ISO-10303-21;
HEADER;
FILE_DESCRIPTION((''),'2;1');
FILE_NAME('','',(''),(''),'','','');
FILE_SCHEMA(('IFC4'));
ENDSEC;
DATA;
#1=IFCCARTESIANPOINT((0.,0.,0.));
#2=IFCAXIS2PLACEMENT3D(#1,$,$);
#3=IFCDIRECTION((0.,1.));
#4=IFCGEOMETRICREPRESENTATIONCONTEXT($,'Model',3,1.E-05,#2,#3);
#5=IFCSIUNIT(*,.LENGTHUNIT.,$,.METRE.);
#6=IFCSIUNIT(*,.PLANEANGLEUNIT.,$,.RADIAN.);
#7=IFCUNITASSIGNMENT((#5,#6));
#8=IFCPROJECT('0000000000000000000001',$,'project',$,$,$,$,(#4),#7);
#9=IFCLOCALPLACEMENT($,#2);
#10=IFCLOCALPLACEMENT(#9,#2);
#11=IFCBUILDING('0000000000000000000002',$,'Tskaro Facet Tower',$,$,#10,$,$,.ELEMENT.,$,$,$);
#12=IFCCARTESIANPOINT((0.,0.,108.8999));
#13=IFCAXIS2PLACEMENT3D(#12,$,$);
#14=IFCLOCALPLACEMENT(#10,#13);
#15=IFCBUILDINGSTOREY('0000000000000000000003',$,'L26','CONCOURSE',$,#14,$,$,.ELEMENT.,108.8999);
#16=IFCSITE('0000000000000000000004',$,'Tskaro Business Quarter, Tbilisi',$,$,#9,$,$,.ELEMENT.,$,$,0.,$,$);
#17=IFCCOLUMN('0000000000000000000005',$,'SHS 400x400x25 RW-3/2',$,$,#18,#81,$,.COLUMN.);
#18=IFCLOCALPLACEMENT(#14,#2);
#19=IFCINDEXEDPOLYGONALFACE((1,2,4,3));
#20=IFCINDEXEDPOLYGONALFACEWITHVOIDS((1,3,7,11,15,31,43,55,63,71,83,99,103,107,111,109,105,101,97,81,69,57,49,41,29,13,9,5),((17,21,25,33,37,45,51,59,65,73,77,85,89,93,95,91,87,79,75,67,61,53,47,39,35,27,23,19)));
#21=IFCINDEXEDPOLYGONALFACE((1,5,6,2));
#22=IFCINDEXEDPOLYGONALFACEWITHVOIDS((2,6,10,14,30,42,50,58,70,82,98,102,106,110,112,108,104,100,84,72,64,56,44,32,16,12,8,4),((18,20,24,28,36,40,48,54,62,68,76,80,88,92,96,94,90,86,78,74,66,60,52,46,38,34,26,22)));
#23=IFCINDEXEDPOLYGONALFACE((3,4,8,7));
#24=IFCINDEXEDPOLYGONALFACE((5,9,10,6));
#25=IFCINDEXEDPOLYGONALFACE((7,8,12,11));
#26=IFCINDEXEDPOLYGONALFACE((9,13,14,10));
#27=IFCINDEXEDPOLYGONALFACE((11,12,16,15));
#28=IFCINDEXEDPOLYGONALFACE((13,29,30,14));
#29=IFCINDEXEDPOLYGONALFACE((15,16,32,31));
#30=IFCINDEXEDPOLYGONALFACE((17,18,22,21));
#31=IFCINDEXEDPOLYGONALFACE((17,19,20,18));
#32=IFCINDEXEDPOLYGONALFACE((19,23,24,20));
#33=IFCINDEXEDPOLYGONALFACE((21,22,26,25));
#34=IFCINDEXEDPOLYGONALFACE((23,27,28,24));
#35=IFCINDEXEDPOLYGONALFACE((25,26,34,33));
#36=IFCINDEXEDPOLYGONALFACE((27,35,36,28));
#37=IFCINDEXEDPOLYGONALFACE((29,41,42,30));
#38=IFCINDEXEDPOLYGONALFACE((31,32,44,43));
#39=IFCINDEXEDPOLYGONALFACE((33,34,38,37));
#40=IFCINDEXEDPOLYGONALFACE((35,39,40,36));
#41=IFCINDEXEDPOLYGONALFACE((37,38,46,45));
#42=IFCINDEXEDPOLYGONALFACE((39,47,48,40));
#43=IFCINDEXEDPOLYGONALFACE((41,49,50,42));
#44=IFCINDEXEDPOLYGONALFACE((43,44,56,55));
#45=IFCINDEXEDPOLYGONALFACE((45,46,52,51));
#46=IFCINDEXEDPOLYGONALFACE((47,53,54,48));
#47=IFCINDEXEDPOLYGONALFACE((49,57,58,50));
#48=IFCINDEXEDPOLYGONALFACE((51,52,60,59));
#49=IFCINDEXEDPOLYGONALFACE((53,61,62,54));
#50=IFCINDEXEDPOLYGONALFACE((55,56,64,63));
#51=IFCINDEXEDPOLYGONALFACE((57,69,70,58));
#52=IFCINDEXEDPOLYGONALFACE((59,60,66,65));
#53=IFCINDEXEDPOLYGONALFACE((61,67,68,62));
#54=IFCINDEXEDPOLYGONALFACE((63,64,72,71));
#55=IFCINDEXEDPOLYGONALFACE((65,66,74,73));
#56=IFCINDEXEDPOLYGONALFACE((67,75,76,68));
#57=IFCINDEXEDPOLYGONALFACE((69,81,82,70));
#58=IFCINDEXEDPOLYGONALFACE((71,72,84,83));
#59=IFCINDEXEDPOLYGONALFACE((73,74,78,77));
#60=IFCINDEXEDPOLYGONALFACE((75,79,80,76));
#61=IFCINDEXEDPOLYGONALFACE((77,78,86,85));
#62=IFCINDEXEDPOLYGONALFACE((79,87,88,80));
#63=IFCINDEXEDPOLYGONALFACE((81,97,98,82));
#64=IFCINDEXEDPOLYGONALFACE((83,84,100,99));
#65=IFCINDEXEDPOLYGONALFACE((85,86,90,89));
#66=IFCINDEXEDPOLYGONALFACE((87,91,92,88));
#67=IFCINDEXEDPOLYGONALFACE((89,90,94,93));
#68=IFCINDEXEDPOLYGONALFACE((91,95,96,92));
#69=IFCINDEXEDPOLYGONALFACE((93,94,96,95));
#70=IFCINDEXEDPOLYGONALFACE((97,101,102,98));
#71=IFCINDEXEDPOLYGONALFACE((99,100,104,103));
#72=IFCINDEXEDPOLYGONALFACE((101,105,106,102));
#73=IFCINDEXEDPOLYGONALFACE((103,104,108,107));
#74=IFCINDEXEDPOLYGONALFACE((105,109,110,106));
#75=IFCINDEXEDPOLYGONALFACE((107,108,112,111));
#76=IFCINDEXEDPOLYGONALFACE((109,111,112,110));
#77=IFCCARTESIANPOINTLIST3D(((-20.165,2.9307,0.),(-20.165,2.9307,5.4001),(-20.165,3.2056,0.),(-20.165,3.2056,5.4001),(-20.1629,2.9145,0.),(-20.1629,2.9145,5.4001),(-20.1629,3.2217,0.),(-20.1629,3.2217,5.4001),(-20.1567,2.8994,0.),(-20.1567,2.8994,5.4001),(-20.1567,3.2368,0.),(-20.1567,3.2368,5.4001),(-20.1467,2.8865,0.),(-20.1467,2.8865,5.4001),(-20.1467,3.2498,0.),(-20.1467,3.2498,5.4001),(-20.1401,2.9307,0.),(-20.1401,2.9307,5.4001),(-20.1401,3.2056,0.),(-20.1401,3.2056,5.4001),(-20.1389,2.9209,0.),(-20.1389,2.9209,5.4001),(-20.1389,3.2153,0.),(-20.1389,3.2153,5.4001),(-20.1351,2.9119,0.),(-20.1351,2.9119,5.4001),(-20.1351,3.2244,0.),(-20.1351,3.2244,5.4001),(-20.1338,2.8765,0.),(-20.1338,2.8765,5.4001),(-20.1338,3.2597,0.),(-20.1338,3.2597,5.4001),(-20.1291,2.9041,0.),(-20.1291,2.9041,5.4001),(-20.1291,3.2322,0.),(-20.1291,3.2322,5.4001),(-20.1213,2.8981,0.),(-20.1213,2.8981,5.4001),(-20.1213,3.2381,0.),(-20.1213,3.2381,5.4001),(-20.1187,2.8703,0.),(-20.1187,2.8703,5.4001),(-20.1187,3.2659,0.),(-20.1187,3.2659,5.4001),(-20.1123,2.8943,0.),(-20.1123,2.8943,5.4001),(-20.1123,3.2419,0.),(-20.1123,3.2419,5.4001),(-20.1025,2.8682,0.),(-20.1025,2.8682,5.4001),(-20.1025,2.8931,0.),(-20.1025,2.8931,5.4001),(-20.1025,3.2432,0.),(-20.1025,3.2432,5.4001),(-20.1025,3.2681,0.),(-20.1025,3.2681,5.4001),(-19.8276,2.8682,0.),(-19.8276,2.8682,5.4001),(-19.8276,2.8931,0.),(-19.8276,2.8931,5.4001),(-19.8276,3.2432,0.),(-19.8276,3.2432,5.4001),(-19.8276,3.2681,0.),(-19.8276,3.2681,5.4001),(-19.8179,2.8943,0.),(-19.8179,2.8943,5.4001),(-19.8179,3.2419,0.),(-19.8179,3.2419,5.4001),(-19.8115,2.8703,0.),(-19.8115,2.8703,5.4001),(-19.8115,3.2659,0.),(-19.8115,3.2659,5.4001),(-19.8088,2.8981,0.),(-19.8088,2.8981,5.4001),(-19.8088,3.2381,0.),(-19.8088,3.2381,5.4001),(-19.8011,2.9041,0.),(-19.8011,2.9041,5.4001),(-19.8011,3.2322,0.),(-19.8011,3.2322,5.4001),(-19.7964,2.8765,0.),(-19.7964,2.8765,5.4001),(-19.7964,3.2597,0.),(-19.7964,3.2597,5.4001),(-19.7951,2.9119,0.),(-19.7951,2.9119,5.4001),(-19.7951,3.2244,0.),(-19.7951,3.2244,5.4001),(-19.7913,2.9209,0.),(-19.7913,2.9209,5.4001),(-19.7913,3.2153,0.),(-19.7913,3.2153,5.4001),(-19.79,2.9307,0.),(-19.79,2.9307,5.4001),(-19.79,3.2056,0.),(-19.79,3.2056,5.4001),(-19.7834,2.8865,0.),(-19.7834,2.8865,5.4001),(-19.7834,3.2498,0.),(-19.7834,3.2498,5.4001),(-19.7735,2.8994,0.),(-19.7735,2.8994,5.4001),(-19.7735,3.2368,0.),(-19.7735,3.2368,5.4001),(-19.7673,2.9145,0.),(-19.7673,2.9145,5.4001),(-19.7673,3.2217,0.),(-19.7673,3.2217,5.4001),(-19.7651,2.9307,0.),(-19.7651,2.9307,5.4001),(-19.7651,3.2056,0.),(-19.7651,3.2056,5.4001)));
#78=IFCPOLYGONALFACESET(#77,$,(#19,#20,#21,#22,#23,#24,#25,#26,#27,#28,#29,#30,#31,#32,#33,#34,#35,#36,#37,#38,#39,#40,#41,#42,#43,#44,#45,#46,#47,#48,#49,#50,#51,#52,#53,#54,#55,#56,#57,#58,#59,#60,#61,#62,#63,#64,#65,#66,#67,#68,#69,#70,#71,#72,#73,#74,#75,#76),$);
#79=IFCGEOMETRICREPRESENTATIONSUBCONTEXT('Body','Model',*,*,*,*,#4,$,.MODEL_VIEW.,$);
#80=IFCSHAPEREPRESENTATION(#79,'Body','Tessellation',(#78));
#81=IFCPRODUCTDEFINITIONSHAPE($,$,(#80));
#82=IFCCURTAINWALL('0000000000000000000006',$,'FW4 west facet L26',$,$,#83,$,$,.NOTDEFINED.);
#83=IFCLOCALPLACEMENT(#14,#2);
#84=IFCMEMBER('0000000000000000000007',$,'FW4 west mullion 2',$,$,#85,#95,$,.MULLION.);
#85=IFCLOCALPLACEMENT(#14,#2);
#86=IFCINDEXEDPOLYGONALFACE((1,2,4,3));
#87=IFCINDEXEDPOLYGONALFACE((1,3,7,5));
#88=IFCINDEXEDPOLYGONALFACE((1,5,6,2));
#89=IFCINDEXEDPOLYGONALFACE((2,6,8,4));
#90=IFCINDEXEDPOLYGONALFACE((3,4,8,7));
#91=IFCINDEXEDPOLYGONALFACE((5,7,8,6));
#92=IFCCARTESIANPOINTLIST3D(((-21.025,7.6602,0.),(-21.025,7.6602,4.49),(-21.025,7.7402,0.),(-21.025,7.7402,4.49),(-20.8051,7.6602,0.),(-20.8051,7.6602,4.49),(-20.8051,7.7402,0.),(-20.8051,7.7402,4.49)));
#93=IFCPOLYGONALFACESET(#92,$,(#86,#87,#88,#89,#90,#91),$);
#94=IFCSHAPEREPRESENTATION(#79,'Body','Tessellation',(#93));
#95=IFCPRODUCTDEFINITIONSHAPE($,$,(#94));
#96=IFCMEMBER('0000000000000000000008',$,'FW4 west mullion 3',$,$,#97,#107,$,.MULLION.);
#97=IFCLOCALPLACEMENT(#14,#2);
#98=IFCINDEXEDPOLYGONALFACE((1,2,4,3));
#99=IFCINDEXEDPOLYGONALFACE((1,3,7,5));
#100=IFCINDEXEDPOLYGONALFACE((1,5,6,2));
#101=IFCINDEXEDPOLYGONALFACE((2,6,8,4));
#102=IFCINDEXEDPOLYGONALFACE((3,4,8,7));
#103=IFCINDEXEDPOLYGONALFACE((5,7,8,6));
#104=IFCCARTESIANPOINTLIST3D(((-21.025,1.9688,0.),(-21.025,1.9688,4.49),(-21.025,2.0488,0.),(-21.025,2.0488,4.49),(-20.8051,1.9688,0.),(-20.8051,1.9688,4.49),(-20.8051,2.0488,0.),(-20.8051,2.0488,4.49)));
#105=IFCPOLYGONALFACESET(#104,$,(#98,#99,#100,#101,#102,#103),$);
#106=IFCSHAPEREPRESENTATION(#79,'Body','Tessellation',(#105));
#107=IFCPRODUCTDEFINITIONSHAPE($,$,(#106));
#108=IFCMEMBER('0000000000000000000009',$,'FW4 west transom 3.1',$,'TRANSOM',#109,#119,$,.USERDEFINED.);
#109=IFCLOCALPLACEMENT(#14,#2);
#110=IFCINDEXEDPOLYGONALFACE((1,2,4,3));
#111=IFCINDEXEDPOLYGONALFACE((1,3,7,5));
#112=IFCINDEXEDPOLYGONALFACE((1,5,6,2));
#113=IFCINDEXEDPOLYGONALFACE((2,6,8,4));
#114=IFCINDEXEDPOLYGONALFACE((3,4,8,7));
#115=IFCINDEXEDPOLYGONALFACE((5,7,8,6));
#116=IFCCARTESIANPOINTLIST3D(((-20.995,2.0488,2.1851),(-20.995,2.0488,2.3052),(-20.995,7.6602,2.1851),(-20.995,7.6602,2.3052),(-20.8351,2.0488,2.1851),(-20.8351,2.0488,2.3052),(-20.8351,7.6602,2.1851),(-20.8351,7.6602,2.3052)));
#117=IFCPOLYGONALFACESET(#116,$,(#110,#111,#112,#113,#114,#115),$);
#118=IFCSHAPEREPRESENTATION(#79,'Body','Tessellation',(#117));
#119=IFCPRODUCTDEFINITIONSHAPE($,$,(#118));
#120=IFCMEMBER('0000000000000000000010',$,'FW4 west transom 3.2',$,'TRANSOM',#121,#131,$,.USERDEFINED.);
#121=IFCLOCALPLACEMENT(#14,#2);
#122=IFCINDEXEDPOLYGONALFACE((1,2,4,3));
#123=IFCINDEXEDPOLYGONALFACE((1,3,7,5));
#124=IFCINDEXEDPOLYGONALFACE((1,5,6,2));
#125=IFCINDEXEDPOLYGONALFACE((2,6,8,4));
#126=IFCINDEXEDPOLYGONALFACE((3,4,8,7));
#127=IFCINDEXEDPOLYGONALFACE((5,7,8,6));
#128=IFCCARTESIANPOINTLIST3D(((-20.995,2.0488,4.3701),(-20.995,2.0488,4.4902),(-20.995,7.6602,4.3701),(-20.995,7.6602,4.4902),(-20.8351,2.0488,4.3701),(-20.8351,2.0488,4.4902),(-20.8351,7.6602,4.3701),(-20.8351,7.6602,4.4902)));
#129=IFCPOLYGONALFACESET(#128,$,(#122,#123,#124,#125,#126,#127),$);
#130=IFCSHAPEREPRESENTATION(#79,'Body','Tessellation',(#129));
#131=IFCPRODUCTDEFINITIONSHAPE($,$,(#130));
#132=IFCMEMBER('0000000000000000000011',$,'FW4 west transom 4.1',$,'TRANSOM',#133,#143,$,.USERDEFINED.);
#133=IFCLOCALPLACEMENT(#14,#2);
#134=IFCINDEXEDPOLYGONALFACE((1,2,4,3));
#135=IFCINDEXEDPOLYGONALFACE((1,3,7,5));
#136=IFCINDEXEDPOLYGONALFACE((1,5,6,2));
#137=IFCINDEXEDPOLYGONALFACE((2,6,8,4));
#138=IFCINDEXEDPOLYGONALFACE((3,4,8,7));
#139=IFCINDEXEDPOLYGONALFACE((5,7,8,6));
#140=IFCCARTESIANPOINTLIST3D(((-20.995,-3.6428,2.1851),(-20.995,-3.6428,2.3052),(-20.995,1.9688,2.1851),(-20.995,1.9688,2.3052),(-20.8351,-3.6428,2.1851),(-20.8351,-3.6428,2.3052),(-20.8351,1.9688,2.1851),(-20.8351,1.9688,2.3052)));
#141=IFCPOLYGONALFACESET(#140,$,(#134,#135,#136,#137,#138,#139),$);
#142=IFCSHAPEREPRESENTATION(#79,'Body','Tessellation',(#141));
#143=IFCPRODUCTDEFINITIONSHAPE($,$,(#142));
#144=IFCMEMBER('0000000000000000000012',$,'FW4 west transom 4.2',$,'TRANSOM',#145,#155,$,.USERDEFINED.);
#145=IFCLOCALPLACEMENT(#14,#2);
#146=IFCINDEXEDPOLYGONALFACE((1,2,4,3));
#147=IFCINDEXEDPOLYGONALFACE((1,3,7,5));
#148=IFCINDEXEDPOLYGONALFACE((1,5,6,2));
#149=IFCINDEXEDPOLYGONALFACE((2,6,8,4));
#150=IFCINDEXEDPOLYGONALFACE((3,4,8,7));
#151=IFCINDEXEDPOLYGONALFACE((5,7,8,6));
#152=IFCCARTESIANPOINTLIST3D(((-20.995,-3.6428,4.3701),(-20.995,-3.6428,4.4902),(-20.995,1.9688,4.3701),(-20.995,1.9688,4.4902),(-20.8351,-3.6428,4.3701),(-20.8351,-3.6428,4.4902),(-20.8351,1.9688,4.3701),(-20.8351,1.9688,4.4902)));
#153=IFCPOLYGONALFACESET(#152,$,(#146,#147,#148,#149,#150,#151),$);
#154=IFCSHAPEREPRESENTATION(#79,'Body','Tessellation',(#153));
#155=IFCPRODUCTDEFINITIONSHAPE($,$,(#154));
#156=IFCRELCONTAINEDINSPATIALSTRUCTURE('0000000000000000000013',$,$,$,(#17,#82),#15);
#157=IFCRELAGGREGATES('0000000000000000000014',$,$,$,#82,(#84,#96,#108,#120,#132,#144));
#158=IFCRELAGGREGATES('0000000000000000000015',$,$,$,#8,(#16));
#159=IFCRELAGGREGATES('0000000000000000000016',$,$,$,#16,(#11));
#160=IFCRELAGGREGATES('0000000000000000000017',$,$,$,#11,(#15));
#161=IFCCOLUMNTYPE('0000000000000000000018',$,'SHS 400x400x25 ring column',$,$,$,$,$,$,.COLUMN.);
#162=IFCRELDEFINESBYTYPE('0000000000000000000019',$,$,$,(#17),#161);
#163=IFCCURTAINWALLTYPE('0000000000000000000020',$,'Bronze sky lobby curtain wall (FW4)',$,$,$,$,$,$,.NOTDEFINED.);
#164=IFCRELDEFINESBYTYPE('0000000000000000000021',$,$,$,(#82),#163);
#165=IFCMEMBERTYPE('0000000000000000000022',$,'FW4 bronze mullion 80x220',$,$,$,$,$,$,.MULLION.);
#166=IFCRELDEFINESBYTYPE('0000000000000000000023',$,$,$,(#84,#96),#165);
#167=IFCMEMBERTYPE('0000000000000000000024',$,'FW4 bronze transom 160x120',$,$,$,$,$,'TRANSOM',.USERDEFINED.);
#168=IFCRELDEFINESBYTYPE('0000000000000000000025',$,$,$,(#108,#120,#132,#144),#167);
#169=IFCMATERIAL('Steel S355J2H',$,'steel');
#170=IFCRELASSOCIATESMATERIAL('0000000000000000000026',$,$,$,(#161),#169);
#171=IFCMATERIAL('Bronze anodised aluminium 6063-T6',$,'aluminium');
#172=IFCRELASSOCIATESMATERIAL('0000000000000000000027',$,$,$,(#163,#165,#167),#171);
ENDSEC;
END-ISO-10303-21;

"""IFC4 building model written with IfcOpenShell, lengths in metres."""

from ifc_helpers import new_model, si_unit, direction, frame, origin, origin_2d, place, context, subcontext, project, spatial, rectangle, hollow_rectangle, extrude, material, material_profile, profile_set, type_object, element, aggregate, save


model = new_model("IFC4")

# Units and contexts
model_context = context("Model", 3, precision=1e-05, world=origin(), true_north=direction((0.0, 1.0)))
body_context = subcontext(model_context, "Body", "Model", "MODEL_VIEW")
ifc_project = project(units=[si_unit("LENGTHUNIT", "METRE"), si_unit("PLANEANGLEUNIT", "RADIAN")], contexts=[model_context])

# Site, building, storey
site_placement = place(None, origin())
site = spatial("IfcSite", under=ifc_project, at=site_placement, Name="Tskaro Business Quarter, Tbilisi", CompositionType="ELEMENT", RefElevation=0.0)
building_placement = place(site_placement, origin())
building = spatial("IfcBuilding", under=site, at=building_placement, Name="Tskaro Facet Tower", CompositionType="ELEMENT")
storey_placement = place(building_placement, frame((0.0, 0.0, 108.8999)))
storey = spatial("IfcBuildingStorey", under=building, at=storey_placement, Name="L26", Description="CONCOURSE", CompositionType="ELEMENT", Elevation=108.8999)

# Column
ifc_material_1 = material(Name="Steel S355J2H", Category="steel")
ifc_material_profile_1 = material_profile(ifc_material_1, hollow_rectangle(XDim=0.3999, YDim=0.3999, WallThickness=0.0249, InnerFilletRadius=0.0376, OuterFilletRadius=0.0625, at=origin_2d()), Name="SHS 400x400x25")
ifc_profile_set_1 = profile_set([ifc_material_profile_1], Name="Steel S355J2H")
column_type = type_object("IfcColumnType", Name="SHS 400x400x25 ring column", PredefinedType="COLUMN", material=ifc_profile_set_1)
column_placement = place(storey_placement, frame((-19.9651, 3.0681, 0.0), z_axis=(0.0, 0.0, 1.0), x_axis=(1.0, 0.0, 0.0)))
element("IfcColumn", 1, at=column_placement, inside=storey, type_object=column_type, Name="SHS 400x400x25 RW-3/2", PredefinedType="COLUMN", context=body_context, shape_type="SweptSolid", body=[
    extrude(hollow_rectangle(XDim=0.3999, YDim=0.3999, WallThickness=0.0249, InnerFilletRadius=0.0376, OuterFilletRadius=0.0625, at=origin_2d()), origin(), (0.0, 0.0, 1.0), 5.4001),
])

# Curtain wall, members
ifc_material_2 = material(Name="Bronze anodised aluminium 6063-T6", Category="aluminium")
curtain_wall_type = type_object("IfcCurtainWallType", Name="Bronze sky lobby curtain wall (FW4)", PredefinedType="NOTDEFINED", material=ifc_material_2)
curtain_wall_placement = place(storey_placement, origin())
curtain_wall = element("IfcCurtainWall", 2, at=curtain_wall_placement, inside=storey, type_object=curtain_wall_type, Name="FW4 west facet L26", PredefinedType="NOTDEFINED")
ifc_material_profile_2 = material_profile(ifc_material_2, rectangle(XDim=0.0801, YDim=0.22, at=origin_2d()), Name="Mullion 80x220")
ifc_profile_set_2 = profile_set([ifc_material_profile_2], Name="Bronze anodised aluminium 6063-T6")
member_type_1 = type_object("IfcMemberType", Name="FW4 bronze mullion 80x220", PredefinedType="MULLION", material=ifc_profile_set_2)
member_1_placement = place(storey_placement, frame((-20.915, 7.7002, 0.0), z_axis=(0.0, 0.0, 1.0), x_axis=(0.0, -1.0, 0.0)))
member_1 = element("IfcMember", 3, at=member_1_placement, type_object=member_type_1, Name="FW4 west mullion 2", PredefinedType="MULLION", context=body_context, shape_type="SweptSolid", body=[
    extrude(rectangle(XDim=0.0801, YDim=0.22, at=origin_2d()), origin(), (0.0, 0.0, 1.0), 4.49),
])
member_2_placement = place(storey_placement, frame((-20.915, 2.0088, 0.0), z_axis=(0.0, 0.0, 1.0), x_axis=(0.0, -1.0, 0.0)))
member_2 = element("IfcMember", 4, at=member_2_placement, type_object=member_type_1, Name="FW4 west mullion 3", PredefinedType="MULLION", context=body_context, shape_type="SweptSolid", body=[
    extrude(rectangle(XDim=0.0801, YDim=0.22, at=origin_2d()), origin(), (0.0, 0.0, 1.0), 4.49),
])
ifc_material_profile_3 = material_profile(ifc_material_2, rectangle(XDim=0.1599, YDim=0.1201, at=origin_2d()), Name="Transom 160x120")
ifc_profile_set_3 = profile_set([ifc_material_profile_3], Name="Bronze anodised aluminium 6063-T6")
member_type_2 = type_object("IfcMemberType", Name="FW4 bronze transom 160x120", ElementType="TRANSOM", PredefinedType="USERDEFINED", material=ifc_profile_set_3)
member_3_placement = place(storey_placement, frame((-20.915, 7.6602, 2.2451), z_axis=(0.0, -1.0, 0.0), x_axis=(1.0, 0.0, 0.0)))
member_3 = element("IfcMember", 5, at=member_3_placement, type_object=member_type_2, Name="FW4 west transom 3.1", ObjectType="TRANSOM", PredefinedType="USERDEFINED", context=body_context, shape_type="SweptSolid", body=[
    extrude(rectangle(XDim=0.1599, YDim=0.1201, at=origin_2d()), origin(), (0.0, 0.0, 1.0), 5.6113),
])
member_4_placement = place(storey_placement, frame((-20.915, 7.6602, 4.4302), z_axis=(0.0, -1.0, 0.0), x_axis=(1.0, 0.0, 0.0)))
member_4 = element("IfcMember", 6, at=member_4_placement, type_object=member_type_2, Name="FW4 west transom 3.2", ObjectType="TRANSOM", PredefinedType="USERDEFINED", context=body_context, shape_type="SweptSolid", body=[
    extrude(rectangle(XDim=0.1599, YDim=0.1201, at=origin_2d()), origin(), (0.0, 0.0, 1.0), 5.6113),
])
member_5_placement = place(storey_placement, frame((-20.915, 1.9688, 2.2451), z_axis=(0.0, -1.0, 0.0), x_axis=(1.0, 0.0, 0.0)))
member_5 = element("IfcMember", 7, at=member_5_placement, type_object=member_type_2, Name="FW4 west transom 4.1", ObjectType="TRANSOM", PredefinedType="USERDEFINED", context=body_context, shape_type="SweptSolid", body=[
    extrude(rectangle(XDim=0.1599, YDim=0.1201, at=origin_2d()), origin(), (0.0, 0.0, 1.0), 5.6116),
])
member_6_placement = place(storey_placement, frame((-20.915, 1.9688, 4.4302), z_axis=(0.0, -1.0, 0.0), x_axis=(1.0, 0.0, 0.0)))
member_6 = element("IfcMember", 8, at=member_6_placement, type_object=member_type_2, Name="FW4 west transom 4.2", ObjectType="TRANSOM", PredefinedType="USERDEFINED", context=body_context, shape_type="SweptSolid", body=[
    extrude(rectangle(XDim=0.1599, YDim=0.1201, at=origin_2d()), origin(), (0.0, 0.0, 1.0), 5.6116),
])

aggregate(curtain_wall, [member_1, member_2, member_3, member_4, member_5, member_6])

save(model, "model.ifc")
